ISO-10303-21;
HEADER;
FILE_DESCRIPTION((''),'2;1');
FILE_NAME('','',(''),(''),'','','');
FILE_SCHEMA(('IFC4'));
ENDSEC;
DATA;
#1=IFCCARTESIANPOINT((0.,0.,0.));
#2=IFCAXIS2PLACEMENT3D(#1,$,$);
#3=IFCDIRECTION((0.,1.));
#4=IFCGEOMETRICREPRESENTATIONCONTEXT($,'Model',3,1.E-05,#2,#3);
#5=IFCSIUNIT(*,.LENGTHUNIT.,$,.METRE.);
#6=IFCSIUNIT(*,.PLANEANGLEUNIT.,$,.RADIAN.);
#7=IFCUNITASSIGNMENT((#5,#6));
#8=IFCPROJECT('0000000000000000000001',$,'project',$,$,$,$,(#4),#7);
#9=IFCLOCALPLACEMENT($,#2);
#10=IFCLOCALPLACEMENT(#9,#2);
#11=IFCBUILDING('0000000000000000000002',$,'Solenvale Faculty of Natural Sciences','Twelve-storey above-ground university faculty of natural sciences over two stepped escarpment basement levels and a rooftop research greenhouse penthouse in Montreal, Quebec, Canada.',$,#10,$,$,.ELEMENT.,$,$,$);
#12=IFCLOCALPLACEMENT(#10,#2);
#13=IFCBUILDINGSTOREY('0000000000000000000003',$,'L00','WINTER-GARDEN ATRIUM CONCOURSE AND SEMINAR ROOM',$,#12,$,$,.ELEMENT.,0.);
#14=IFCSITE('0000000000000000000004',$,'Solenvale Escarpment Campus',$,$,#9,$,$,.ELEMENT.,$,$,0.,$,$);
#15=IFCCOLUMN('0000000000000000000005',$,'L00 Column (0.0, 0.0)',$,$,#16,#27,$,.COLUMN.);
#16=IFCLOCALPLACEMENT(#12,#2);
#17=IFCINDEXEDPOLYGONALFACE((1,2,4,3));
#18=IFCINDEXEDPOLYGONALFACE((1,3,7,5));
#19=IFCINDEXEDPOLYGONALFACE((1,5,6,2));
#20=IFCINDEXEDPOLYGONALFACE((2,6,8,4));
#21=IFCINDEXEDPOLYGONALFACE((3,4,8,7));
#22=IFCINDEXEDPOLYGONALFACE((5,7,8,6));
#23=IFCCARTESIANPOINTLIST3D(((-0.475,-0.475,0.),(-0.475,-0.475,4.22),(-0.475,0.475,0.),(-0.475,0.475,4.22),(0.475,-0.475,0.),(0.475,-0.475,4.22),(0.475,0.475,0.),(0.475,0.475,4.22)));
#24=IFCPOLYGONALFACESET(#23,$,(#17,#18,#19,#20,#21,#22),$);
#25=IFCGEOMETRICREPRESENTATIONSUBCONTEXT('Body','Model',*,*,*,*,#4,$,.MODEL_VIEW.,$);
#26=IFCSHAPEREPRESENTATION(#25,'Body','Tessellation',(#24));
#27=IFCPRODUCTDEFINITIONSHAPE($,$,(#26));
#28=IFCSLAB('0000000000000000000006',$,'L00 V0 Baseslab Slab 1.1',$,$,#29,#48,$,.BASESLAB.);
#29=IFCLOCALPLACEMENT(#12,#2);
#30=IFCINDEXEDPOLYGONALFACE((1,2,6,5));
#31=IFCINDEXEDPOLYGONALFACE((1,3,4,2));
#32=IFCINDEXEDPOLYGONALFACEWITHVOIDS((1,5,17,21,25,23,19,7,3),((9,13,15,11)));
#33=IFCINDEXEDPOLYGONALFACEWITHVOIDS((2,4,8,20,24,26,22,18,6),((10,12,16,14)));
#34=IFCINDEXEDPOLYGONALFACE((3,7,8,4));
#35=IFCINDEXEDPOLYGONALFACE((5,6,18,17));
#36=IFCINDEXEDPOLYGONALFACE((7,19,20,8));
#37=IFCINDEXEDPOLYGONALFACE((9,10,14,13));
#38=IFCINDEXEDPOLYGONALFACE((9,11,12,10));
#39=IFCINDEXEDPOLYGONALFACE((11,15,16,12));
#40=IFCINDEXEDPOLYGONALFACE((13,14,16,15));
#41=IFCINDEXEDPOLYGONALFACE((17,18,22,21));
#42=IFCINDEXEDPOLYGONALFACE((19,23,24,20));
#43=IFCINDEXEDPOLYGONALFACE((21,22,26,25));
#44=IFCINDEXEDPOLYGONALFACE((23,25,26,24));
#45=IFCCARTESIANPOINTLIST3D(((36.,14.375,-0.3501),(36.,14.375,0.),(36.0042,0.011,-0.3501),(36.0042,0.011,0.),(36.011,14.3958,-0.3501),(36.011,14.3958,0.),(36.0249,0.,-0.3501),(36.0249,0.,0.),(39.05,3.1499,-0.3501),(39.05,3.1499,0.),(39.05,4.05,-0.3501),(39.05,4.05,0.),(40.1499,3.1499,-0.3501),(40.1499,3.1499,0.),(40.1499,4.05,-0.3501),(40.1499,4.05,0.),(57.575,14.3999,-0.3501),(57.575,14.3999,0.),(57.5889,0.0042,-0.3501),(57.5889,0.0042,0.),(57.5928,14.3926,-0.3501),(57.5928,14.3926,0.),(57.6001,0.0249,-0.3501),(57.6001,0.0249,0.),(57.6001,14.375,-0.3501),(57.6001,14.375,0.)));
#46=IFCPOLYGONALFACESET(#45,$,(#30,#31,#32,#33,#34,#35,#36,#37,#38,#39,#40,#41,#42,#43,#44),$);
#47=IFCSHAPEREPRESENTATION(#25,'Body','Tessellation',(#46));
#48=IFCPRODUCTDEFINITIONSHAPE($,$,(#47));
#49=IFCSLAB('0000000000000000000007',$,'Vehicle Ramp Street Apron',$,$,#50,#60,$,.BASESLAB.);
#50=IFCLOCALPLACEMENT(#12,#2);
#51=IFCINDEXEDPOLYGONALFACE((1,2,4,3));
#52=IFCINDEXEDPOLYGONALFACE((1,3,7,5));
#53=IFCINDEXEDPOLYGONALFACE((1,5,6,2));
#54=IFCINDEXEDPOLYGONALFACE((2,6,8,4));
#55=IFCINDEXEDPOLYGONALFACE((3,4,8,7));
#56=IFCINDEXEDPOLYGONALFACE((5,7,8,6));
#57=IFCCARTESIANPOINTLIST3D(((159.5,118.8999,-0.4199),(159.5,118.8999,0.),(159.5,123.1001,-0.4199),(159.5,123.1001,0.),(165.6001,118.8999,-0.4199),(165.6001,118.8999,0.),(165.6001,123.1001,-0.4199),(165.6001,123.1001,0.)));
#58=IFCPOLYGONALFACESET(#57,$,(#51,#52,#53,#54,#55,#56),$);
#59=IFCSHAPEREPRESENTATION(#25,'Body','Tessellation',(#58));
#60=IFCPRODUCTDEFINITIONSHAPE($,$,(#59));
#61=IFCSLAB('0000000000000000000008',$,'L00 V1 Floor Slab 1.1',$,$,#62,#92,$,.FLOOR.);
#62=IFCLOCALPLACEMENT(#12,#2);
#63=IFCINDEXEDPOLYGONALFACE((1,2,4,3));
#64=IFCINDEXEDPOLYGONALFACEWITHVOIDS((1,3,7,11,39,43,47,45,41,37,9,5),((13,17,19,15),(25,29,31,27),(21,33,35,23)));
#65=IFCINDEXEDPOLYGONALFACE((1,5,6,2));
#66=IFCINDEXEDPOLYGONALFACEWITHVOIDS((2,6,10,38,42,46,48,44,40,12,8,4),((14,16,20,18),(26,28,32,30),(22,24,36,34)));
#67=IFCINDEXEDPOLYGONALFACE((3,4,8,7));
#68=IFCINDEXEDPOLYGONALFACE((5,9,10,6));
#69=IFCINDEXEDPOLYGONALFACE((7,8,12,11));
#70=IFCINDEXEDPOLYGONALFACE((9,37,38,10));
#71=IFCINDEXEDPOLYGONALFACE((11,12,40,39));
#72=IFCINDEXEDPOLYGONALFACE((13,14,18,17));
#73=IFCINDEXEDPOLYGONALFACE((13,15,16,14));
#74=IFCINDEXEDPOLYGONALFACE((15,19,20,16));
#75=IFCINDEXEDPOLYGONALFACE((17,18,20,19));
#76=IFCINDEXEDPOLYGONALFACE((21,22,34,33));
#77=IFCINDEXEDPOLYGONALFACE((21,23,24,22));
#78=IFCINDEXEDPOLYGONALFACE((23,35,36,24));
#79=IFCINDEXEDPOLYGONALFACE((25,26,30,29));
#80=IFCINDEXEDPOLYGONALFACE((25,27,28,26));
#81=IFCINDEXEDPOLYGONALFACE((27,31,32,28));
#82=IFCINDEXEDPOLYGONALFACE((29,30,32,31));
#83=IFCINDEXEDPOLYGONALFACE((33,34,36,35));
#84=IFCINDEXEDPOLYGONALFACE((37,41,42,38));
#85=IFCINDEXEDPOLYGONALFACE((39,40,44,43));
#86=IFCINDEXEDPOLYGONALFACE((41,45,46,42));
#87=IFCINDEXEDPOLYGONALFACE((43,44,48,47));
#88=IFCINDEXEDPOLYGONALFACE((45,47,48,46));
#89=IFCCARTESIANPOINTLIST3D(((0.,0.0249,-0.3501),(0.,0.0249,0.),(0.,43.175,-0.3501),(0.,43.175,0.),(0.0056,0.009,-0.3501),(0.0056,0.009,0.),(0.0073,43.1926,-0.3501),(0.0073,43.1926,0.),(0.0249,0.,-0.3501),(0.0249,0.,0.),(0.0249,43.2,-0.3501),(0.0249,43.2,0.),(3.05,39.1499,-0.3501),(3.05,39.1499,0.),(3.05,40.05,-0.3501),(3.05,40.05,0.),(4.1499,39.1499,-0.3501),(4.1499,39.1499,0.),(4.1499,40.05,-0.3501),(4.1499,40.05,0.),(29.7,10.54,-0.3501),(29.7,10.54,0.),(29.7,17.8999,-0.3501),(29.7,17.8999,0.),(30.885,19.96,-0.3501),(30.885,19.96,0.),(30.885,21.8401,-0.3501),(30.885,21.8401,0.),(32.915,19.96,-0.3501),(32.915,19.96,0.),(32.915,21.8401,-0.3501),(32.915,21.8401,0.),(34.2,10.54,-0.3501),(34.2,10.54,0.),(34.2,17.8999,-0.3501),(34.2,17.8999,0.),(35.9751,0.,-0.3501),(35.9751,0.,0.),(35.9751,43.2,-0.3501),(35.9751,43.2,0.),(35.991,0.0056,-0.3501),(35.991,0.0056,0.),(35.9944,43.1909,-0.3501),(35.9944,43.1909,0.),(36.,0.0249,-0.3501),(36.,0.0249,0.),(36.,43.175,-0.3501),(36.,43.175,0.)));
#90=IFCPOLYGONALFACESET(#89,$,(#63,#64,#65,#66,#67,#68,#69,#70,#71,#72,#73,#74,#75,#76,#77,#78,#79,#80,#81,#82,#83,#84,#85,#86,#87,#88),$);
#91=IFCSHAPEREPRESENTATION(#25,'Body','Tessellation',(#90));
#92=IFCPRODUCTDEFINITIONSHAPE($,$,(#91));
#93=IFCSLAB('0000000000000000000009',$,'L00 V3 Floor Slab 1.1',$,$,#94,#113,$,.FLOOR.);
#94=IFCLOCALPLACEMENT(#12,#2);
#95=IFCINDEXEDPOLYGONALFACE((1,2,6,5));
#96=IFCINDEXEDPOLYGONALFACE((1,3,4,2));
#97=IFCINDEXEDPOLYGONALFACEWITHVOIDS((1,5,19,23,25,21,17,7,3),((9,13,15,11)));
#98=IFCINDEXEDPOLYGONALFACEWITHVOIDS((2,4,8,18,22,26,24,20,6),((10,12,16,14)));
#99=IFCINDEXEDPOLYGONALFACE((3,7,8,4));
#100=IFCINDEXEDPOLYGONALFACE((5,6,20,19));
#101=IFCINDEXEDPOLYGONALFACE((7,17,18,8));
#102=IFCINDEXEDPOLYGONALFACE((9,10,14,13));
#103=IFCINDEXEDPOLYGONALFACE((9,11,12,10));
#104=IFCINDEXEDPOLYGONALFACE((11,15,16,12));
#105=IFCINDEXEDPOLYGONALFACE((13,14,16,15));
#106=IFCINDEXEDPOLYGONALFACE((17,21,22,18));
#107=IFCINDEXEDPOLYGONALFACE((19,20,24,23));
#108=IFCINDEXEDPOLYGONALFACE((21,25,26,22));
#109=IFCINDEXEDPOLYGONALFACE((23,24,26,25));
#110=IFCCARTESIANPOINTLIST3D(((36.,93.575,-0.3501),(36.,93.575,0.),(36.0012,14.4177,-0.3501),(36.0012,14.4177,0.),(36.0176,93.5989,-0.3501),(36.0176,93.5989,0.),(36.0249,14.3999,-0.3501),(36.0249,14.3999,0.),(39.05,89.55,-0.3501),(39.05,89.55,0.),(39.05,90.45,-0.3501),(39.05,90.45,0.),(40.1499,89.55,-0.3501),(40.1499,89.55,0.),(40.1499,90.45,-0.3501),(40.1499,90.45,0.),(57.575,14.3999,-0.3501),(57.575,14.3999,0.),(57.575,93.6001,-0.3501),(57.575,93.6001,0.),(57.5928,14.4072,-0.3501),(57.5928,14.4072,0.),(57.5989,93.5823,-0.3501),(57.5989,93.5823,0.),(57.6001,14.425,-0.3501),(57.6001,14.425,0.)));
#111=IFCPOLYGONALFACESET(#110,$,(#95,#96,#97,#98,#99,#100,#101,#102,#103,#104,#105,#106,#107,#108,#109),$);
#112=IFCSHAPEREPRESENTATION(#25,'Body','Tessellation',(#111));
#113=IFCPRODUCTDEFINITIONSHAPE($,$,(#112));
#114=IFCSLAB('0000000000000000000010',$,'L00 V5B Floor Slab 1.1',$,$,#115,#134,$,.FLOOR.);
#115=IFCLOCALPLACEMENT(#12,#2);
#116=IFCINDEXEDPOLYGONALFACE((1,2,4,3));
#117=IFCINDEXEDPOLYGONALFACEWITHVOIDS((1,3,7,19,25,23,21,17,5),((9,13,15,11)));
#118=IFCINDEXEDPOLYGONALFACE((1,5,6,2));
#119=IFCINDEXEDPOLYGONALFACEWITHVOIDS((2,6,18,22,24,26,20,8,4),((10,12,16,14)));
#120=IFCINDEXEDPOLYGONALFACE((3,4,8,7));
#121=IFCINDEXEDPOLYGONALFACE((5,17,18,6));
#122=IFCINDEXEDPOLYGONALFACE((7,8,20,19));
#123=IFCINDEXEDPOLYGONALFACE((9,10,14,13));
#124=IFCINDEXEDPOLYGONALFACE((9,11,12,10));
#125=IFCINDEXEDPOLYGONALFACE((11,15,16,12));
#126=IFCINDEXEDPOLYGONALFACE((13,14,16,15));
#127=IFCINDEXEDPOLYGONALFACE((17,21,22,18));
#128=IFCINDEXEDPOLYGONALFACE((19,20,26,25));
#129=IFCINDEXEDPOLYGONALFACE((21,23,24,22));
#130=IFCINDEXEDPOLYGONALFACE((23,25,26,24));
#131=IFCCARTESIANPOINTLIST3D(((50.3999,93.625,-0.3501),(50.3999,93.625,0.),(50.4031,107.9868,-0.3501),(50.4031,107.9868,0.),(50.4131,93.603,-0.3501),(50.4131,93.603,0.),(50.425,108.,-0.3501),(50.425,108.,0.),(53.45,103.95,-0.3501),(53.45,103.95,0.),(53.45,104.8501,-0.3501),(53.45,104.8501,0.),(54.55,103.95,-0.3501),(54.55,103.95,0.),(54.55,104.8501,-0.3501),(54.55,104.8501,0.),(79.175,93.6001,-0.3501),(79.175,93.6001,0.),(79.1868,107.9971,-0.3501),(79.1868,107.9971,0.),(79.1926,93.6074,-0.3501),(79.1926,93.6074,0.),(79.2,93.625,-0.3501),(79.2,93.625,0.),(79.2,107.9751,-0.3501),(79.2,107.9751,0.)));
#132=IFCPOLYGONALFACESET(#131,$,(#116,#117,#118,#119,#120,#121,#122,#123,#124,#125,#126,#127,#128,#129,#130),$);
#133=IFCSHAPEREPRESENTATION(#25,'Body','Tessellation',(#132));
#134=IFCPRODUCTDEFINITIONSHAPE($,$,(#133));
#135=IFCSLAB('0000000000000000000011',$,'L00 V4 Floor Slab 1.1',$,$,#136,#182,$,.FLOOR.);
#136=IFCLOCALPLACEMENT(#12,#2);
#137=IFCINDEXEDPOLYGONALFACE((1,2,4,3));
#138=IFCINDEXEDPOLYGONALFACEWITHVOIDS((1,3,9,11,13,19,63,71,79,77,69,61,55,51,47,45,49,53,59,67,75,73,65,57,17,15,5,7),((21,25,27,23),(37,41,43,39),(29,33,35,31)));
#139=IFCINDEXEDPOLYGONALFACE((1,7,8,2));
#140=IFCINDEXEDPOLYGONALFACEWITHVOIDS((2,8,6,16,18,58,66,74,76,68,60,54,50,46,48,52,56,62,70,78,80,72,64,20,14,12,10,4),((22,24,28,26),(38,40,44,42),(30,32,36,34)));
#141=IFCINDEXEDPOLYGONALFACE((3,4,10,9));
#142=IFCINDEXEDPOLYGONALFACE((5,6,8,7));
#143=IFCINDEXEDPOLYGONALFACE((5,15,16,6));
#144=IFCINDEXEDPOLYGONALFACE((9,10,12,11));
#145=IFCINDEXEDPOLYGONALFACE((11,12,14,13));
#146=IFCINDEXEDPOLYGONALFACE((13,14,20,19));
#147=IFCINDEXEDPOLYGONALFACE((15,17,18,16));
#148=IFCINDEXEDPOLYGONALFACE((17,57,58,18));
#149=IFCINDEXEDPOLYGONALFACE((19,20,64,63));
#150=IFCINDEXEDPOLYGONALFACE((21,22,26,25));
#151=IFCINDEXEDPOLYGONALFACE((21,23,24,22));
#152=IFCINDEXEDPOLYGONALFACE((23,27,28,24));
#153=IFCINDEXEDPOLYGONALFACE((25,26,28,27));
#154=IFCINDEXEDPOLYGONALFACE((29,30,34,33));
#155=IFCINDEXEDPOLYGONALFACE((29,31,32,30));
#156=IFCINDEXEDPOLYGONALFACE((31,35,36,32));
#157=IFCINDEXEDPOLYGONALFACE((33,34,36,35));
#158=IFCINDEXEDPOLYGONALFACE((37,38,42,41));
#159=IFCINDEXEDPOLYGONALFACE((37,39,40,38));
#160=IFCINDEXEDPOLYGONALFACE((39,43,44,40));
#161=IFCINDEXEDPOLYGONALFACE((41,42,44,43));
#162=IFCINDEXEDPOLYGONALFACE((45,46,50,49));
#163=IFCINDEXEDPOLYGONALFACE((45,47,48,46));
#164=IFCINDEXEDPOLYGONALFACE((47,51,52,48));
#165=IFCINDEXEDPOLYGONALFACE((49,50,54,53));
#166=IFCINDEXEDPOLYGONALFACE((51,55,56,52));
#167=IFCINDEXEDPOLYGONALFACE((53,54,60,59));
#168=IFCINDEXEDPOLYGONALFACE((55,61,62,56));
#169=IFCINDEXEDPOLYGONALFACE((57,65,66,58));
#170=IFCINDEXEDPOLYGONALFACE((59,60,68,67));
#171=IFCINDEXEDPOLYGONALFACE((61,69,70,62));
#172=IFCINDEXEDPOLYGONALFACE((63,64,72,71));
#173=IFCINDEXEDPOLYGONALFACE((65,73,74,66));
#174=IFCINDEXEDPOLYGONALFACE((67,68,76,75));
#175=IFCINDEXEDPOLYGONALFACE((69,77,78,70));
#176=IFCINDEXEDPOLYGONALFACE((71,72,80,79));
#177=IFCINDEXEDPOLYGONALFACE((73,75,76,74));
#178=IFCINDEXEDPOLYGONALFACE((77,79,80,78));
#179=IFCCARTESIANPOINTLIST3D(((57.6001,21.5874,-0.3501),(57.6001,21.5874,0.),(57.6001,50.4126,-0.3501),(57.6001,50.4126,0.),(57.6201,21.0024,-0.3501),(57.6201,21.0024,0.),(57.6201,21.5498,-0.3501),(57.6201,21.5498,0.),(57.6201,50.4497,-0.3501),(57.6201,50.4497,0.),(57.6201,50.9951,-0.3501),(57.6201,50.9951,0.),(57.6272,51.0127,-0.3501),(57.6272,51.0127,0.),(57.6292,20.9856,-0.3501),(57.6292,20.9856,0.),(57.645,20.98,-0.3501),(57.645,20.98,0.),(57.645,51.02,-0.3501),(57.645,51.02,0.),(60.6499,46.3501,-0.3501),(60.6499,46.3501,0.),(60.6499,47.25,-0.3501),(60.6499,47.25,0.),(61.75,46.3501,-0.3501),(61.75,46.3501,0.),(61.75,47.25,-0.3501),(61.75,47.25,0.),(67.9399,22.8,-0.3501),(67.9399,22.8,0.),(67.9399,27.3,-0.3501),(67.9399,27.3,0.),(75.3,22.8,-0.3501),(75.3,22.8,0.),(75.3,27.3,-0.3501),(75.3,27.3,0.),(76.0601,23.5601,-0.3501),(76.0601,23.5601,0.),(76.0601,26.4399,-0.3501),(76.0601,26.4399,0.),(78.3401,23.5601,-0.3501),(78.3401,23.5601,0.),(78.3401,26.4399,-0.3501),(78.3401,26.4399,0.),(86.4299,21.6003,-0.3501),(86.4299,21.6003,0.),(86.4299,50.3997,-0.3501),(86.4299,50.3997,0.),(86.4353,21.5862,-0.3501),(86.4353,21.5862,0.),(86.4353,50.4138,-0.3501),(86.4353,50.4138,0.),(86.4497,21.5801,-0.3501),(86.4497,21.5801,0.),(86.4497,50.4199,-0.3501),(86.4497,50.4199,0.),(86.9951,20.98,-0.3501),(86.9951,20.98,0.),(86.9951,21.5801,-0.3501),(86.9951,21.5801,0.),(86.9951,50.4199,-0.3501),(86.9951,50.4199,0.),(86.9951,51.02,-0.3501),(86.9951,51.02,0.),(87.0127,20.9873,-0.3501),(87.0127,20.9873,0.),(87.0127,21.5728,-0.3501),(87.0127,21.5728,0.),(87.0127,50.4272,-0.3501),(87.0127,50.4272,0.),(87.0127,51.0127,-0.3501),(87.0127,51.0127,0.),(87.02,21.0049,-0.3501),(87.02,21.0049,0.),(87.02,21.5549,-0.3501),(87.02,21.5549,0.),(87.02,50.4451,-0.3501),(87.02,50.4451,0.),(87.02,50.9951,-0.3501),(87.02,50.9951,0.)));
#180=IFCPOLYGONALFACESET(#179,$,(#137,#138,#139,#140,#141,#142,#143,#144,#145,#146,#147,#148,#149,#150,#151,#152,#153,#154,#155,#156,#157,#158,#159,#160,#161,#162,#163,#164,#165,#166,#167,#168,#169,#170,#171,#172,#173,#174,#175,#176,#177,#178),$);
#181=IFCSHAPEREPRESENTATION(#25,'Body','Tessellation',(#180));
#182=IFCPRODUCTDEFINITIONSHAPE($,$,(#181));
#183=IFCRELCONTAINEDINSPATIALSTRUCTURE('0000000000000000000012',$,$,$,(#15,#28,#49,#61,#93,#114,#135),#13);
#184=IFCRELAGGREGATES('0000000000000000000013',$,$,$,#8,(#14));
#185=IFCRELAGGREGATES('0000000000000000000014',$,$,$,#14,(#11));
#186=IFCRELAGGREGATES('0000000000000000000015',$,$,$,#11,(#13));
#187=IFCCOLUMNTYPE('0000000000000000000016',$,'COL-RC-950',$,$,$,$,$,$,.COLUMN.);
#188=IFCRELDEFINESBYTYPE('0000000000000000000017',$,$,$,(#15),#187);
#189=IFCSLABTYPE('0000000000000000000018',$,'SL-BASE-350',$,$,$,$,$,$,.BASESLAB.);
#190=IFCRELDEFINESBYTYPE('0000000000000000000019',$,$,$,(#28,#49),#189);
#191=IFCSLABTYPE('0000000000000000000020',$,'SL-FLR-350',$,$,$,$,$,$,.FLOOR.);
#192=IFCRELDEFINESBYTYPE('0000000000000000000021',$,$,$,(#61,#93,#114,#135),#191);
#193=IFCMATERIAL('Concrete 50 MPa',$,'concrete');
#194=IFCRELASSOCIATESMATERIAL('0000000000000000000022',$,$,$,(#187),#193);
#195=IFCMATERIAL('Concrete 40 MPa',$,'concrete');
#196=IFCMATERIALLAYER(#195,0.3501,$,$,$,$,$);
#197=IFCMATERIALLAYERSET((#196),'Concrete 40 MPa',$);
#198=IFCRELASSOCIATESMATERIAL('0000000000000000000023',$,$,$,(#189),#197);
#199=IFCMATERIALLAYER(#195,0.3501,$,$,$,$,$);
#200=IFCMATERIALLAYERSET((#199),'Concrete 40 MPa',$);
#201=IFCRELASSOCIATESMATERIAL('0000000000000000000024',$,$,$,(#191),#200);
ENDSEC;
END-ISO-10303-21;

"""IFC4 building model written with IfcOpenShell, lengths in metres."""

from ifc_helpers import new_model, si_unit, direction, frame, origin, origin_with_axes, origin_2d, place, context, subcontext, project, spatial, polyline, rectangle, outline, extrude, material, layer, layer_set, material_profile, profile_set, type_object, element, save


model = new_model("IFC4")

# Units and contexts
model_context = context("Model", 3, precision=1e-05, world=origin(), true_north=direction((0.0, 1.0)))
body_context = subcontext(model_context, "Body", "Model", "MODEL_VIEW")
ifc_project = project(units=[si_unit("LENGTHUNIT", "METRE"), si_unit("PLANEANGLEUNIT", "RADIAN")], contexts=[model_context])

# Site, building, storey
site_placement = place(None, origin())
site = spatial("IfcSite", under=ifc_project, at=site_placement, Name="Solenvale Escarpment Campus", CompositionType="ELEMENT", RefElevation=0.0)
building_placement = place(site_placement, origin())
building = spatial("IfcBuilding", under=site, at=building_placement, Name="Solenvale Faculty of Natural Sciences", Description="Twelve-storey above-ground university faculty of natural sciences over two stepped escarpment basement levels and a rooftop research greenhouse penthouse in Montreal, Quebec, Canada.", CompositionType="ELEMENT")
storey_placement = place(building_placement, origin())
storey = spatial("IfcBuildingStorey", under=building, at=storey_placement, Name="L00", Description="WINTER-GARDEN ATRIUM CONCOURSE AND SEMINAR ROOM", CompositionType="ELEMENT", Elevation=0.0)

# Column
ifc_material_1 = material(Name="Concrete 50 MPa", Category="concrete")
ifc_material_profile = material_profile(ifc_material_1, rectangle(XDim=0.95, YDim=0.95, at=origin_2d()), Name="RC-COL-950x950")
ifc_profile_set = profile_set([ifc_material_profile], Name="Concrete 50 MPa")
column_type = type_object("IfcColumnType", Name="COL-RC-950", PredefinedType="COLUMN", material=ifc_profile_set)
column_placement = place(storey_placement, origin_with_axes())
element("IfcColumn", 1, at=column_placement, inside=storey, type_object=column_type, Name="L00 Column (0.0, 0.0)", PredefinedType="COLUMN", context=body_context, shape_type="SweptSolid", body=[
    extrude(rectangle(XDim=0.95, YDim=0.95, at=origin_2d()), origin(), (0.0, 0.0, 1.0), 4.22),
])

# Slabs
ifc_material_2 = material(Name="Concrete 40 MPa", Category="concrete")
ifc_layer_1 = layer(ifc_material_2, 0.3501)
ifc_layer_set_1 = layer_set([ifc_layer_1], Name="Concrete 40 MPa")
slab_type_1 = type_object("IfcSlabType", Name="SL-BASE-350", PredefinedType="BASESLAB", material=ifc_layer_set_1)
slab_1_placement = place(storey_placement, frame((0.0, 0.0, -0.3501)))
element("IfcSlab", 2, at=slab_1_placement, inside=storey, type_object=slab_type_1, Name="L00 V0 Baseslab Slab 1.1", PredefinedType="BASESLAB", context=body_context, shape_type="SweptSolid", body=[
    extrude(outline(polyline([(57.575, 14.3999), (57.5928, 14.3926), (57.6001, 14.375), (57.6001, 0.0249), (57.5889, 0.0042), (36.0249, 0.0), (36.0042, 0.011), (36.0, 14.375), (36.011, 14.3958), (57.575, 14.3999)]), holes=[polyline([(39.05, 3.1499), (40.1499, 3.1499), (40.1499, 4.05), (39.05, 4.05), (39.05, 3.1499)])]), origin(), (0.0, 0.0, 1.0), 0.3501),
])
slab_2_placement = place(storey_placement, frame((0.0, 0.0, -0.4199)))
element("IfcSlab", 3, at=slab_2_placement, inside=storey, type_object=slab_type_1, Name="Vehicle Ramp Street Apron", PredefinedType="BASESLAB", context=body_context, shape_type="SweptSolid", body=[
    extrude(outline(polyline([(159.5, 118.8999), (165.6001, 118.8999), (165.6001, 123.1001), (159.5, 123.1001), (159.5, 118.8999)])), origin(), (0.0, 0.0, 1.0), 0.4199),
])
ifc_layer_2 = layer(ifc_material_2, 0.3501)
ifc_layer_set_2 = layer_set([ifc_layer_2], Name="Concrete 40 MPa")
slab_type_2 = type_object("IfcSlabType", Name="SL-FLR-350", PredefinedType="FLOOR", material=ifc_layer_set_2)
slab_3_placement = place(storey_placement, frame((0.0, 0.0, -0.3501)))
element("IfcSlab", 4, at=slab_3_placement, inside=storey, type_object=slab_type_2, Name="L00 V1 Floor Slab 1.1", PredefinedType="FLOOR", context=body_context, shape_type="SweptSolid", body=[
    extrude(outline(polyline([(0.0, 43.175), (0.0073, 43.1926), (0.0249, 43.2), (35.9751, 43.2), (35.9944, 43.1909), (36.0, 43.175), (36.0, 0.0249), (35.991, 0.0056), (35.9751, 0.0), (0.0249, 0.0), (0.0056, 0.009), (0.0, 0.0249), (0.0, 43.175)]), holes=[polyline([(29.7, 10.54), (34.2, 10.54), (34.2, 17.8999), (29.7, 17.8999), (29.7, 10.54)]), polyline([(30.885, 19.96), (32.915, 19.96), (32.915, 21.8401), (30.885, 21.8401), (30.885, 19.96)]), polyline([(3.05, 39.1499), (4.1499, 39.1499), (4.1499, 40.05), (3.05, 40.05), (3.05, 39.1499)])]), origin(), (0.0, 0.0, 1.0), 0.3501),
])
slab_4_placement = place(storey_placement, frame((0.0, 0.0, -0.3501)))
element("IfcSlab", 5, at=slab_4_placement, inside=storey, type_object=slab_type_2, Name="L00 V3 Floor Slab 1.1", PredefinedType="FLOOR", context=body_context, shape_type="SweptSolid", body=[
    extrude(outline(polyline([(57.6001, 14.425), (57.5928, 14.4072), (57.575, 14.3999), (36.0249, 14.3999), (36.0012, 14.4177), (36.0, 93.575), (36.0176, 93.5989), (57.575, 93.6001), (57.5989, 93.5823), (57.6001, 14.425)]), holes=[polyline([(39.05, 89.55), (40.1499, 89.55), (40.1499, 90.45), (39.05, 90.45), (39.05, 89.55)])]), origin(), (0.0, 0.0, 1.0), 0.3501),
])
slab_5_placement = place(storey_placement, frame((0.0, 0.0, -0.3501)))
element("IfcSlab", 6, at=slab_5_placement, inside=storey, type_object=slab_type_2, Name="L00 V5B Floor Slab 1.1", PredefinedType="FLOOR", context=body_context, shape_type="SweptSolid", body=[
    extrude(outline(polyline([(79.2, 93.625), (79.1926, 93.6074), (79.175, 93.6001), (50.4131, 93.603), (50.3999, 93.625), (50.4031, 107.9868), (50.425, 108.0), (79.1868, 107.9971), (79.2, 107.9751), (79.2, 93.625)]), holes=[polyline([(53.45, 103.95), (54.55, 103.95), (54.55, 104.8501), (53.45, 104.8501), (53.45, 103.95)])]), origin(), (0.0, 0.0, 1.0), 0.3501),
])
slab_6_placement = place(storey_placement, frame((0.0, 0.0, -0.3501)))
element("IfcSlab", 7, at=slab_6_placement, inside=storey, type_object=slab_type_2, Name="L00 V4 Floor Slab 1.1", PredefinedType="FLOOR", context=body_context, shape_type="SweptSolid", body=[
    extrude(outline(polyline([(57.6201, 21.5498), (57.6001, 21.5874), (57.6001, 50.4126), (57.6201, 50.4497), (57.6201, 50.9951), (57.6272, 51.0127), (57.645, 51.02), (86.9951, 51.02), (87.0127, 51.0127), (87.02, 50.9951), (87.02, 50.4451), (87.0127, 50.4272), (86.9951, 50.4199), (86.4497, 50.4199), (86.4353, 50.4138), (86.4299, 50.3997), (86.4299, 21.6003), (86.4353, 21.5862), (86.4497, 21.5801), (86.9951, 21.5801), (87.0127, 21.5728), (87.02, 21.5549), (87.02, 21.0049), (87.0127, 20.9873), (86.9951, 20.98), (57.645, 20.98), (57.6292, 20.9856), (57.6201, 21.0024), (57.6201, 21.5498)]), holes=[polyline([(76.0601, 23.5601), (78.3401, 23.5601), (78.3401, 26.4399), (76.0601, 26.4399), (76.0601, 23.5601)]), polyline([(67.9399, 22.8), (75.3, 22.8), (75.3, 27.3), (67.9399, 27.3), (67.9399, 22.8)]), polyline([(60.6499, 46.3501), (61.75, 46.3501), (61.75, 47.25), (60.6499, 47.25), (60.6499, 46.3501)])]), origin(), (0.0, 0.0, 1.0), 0.3501),
])

save(model, "model.ifc")
